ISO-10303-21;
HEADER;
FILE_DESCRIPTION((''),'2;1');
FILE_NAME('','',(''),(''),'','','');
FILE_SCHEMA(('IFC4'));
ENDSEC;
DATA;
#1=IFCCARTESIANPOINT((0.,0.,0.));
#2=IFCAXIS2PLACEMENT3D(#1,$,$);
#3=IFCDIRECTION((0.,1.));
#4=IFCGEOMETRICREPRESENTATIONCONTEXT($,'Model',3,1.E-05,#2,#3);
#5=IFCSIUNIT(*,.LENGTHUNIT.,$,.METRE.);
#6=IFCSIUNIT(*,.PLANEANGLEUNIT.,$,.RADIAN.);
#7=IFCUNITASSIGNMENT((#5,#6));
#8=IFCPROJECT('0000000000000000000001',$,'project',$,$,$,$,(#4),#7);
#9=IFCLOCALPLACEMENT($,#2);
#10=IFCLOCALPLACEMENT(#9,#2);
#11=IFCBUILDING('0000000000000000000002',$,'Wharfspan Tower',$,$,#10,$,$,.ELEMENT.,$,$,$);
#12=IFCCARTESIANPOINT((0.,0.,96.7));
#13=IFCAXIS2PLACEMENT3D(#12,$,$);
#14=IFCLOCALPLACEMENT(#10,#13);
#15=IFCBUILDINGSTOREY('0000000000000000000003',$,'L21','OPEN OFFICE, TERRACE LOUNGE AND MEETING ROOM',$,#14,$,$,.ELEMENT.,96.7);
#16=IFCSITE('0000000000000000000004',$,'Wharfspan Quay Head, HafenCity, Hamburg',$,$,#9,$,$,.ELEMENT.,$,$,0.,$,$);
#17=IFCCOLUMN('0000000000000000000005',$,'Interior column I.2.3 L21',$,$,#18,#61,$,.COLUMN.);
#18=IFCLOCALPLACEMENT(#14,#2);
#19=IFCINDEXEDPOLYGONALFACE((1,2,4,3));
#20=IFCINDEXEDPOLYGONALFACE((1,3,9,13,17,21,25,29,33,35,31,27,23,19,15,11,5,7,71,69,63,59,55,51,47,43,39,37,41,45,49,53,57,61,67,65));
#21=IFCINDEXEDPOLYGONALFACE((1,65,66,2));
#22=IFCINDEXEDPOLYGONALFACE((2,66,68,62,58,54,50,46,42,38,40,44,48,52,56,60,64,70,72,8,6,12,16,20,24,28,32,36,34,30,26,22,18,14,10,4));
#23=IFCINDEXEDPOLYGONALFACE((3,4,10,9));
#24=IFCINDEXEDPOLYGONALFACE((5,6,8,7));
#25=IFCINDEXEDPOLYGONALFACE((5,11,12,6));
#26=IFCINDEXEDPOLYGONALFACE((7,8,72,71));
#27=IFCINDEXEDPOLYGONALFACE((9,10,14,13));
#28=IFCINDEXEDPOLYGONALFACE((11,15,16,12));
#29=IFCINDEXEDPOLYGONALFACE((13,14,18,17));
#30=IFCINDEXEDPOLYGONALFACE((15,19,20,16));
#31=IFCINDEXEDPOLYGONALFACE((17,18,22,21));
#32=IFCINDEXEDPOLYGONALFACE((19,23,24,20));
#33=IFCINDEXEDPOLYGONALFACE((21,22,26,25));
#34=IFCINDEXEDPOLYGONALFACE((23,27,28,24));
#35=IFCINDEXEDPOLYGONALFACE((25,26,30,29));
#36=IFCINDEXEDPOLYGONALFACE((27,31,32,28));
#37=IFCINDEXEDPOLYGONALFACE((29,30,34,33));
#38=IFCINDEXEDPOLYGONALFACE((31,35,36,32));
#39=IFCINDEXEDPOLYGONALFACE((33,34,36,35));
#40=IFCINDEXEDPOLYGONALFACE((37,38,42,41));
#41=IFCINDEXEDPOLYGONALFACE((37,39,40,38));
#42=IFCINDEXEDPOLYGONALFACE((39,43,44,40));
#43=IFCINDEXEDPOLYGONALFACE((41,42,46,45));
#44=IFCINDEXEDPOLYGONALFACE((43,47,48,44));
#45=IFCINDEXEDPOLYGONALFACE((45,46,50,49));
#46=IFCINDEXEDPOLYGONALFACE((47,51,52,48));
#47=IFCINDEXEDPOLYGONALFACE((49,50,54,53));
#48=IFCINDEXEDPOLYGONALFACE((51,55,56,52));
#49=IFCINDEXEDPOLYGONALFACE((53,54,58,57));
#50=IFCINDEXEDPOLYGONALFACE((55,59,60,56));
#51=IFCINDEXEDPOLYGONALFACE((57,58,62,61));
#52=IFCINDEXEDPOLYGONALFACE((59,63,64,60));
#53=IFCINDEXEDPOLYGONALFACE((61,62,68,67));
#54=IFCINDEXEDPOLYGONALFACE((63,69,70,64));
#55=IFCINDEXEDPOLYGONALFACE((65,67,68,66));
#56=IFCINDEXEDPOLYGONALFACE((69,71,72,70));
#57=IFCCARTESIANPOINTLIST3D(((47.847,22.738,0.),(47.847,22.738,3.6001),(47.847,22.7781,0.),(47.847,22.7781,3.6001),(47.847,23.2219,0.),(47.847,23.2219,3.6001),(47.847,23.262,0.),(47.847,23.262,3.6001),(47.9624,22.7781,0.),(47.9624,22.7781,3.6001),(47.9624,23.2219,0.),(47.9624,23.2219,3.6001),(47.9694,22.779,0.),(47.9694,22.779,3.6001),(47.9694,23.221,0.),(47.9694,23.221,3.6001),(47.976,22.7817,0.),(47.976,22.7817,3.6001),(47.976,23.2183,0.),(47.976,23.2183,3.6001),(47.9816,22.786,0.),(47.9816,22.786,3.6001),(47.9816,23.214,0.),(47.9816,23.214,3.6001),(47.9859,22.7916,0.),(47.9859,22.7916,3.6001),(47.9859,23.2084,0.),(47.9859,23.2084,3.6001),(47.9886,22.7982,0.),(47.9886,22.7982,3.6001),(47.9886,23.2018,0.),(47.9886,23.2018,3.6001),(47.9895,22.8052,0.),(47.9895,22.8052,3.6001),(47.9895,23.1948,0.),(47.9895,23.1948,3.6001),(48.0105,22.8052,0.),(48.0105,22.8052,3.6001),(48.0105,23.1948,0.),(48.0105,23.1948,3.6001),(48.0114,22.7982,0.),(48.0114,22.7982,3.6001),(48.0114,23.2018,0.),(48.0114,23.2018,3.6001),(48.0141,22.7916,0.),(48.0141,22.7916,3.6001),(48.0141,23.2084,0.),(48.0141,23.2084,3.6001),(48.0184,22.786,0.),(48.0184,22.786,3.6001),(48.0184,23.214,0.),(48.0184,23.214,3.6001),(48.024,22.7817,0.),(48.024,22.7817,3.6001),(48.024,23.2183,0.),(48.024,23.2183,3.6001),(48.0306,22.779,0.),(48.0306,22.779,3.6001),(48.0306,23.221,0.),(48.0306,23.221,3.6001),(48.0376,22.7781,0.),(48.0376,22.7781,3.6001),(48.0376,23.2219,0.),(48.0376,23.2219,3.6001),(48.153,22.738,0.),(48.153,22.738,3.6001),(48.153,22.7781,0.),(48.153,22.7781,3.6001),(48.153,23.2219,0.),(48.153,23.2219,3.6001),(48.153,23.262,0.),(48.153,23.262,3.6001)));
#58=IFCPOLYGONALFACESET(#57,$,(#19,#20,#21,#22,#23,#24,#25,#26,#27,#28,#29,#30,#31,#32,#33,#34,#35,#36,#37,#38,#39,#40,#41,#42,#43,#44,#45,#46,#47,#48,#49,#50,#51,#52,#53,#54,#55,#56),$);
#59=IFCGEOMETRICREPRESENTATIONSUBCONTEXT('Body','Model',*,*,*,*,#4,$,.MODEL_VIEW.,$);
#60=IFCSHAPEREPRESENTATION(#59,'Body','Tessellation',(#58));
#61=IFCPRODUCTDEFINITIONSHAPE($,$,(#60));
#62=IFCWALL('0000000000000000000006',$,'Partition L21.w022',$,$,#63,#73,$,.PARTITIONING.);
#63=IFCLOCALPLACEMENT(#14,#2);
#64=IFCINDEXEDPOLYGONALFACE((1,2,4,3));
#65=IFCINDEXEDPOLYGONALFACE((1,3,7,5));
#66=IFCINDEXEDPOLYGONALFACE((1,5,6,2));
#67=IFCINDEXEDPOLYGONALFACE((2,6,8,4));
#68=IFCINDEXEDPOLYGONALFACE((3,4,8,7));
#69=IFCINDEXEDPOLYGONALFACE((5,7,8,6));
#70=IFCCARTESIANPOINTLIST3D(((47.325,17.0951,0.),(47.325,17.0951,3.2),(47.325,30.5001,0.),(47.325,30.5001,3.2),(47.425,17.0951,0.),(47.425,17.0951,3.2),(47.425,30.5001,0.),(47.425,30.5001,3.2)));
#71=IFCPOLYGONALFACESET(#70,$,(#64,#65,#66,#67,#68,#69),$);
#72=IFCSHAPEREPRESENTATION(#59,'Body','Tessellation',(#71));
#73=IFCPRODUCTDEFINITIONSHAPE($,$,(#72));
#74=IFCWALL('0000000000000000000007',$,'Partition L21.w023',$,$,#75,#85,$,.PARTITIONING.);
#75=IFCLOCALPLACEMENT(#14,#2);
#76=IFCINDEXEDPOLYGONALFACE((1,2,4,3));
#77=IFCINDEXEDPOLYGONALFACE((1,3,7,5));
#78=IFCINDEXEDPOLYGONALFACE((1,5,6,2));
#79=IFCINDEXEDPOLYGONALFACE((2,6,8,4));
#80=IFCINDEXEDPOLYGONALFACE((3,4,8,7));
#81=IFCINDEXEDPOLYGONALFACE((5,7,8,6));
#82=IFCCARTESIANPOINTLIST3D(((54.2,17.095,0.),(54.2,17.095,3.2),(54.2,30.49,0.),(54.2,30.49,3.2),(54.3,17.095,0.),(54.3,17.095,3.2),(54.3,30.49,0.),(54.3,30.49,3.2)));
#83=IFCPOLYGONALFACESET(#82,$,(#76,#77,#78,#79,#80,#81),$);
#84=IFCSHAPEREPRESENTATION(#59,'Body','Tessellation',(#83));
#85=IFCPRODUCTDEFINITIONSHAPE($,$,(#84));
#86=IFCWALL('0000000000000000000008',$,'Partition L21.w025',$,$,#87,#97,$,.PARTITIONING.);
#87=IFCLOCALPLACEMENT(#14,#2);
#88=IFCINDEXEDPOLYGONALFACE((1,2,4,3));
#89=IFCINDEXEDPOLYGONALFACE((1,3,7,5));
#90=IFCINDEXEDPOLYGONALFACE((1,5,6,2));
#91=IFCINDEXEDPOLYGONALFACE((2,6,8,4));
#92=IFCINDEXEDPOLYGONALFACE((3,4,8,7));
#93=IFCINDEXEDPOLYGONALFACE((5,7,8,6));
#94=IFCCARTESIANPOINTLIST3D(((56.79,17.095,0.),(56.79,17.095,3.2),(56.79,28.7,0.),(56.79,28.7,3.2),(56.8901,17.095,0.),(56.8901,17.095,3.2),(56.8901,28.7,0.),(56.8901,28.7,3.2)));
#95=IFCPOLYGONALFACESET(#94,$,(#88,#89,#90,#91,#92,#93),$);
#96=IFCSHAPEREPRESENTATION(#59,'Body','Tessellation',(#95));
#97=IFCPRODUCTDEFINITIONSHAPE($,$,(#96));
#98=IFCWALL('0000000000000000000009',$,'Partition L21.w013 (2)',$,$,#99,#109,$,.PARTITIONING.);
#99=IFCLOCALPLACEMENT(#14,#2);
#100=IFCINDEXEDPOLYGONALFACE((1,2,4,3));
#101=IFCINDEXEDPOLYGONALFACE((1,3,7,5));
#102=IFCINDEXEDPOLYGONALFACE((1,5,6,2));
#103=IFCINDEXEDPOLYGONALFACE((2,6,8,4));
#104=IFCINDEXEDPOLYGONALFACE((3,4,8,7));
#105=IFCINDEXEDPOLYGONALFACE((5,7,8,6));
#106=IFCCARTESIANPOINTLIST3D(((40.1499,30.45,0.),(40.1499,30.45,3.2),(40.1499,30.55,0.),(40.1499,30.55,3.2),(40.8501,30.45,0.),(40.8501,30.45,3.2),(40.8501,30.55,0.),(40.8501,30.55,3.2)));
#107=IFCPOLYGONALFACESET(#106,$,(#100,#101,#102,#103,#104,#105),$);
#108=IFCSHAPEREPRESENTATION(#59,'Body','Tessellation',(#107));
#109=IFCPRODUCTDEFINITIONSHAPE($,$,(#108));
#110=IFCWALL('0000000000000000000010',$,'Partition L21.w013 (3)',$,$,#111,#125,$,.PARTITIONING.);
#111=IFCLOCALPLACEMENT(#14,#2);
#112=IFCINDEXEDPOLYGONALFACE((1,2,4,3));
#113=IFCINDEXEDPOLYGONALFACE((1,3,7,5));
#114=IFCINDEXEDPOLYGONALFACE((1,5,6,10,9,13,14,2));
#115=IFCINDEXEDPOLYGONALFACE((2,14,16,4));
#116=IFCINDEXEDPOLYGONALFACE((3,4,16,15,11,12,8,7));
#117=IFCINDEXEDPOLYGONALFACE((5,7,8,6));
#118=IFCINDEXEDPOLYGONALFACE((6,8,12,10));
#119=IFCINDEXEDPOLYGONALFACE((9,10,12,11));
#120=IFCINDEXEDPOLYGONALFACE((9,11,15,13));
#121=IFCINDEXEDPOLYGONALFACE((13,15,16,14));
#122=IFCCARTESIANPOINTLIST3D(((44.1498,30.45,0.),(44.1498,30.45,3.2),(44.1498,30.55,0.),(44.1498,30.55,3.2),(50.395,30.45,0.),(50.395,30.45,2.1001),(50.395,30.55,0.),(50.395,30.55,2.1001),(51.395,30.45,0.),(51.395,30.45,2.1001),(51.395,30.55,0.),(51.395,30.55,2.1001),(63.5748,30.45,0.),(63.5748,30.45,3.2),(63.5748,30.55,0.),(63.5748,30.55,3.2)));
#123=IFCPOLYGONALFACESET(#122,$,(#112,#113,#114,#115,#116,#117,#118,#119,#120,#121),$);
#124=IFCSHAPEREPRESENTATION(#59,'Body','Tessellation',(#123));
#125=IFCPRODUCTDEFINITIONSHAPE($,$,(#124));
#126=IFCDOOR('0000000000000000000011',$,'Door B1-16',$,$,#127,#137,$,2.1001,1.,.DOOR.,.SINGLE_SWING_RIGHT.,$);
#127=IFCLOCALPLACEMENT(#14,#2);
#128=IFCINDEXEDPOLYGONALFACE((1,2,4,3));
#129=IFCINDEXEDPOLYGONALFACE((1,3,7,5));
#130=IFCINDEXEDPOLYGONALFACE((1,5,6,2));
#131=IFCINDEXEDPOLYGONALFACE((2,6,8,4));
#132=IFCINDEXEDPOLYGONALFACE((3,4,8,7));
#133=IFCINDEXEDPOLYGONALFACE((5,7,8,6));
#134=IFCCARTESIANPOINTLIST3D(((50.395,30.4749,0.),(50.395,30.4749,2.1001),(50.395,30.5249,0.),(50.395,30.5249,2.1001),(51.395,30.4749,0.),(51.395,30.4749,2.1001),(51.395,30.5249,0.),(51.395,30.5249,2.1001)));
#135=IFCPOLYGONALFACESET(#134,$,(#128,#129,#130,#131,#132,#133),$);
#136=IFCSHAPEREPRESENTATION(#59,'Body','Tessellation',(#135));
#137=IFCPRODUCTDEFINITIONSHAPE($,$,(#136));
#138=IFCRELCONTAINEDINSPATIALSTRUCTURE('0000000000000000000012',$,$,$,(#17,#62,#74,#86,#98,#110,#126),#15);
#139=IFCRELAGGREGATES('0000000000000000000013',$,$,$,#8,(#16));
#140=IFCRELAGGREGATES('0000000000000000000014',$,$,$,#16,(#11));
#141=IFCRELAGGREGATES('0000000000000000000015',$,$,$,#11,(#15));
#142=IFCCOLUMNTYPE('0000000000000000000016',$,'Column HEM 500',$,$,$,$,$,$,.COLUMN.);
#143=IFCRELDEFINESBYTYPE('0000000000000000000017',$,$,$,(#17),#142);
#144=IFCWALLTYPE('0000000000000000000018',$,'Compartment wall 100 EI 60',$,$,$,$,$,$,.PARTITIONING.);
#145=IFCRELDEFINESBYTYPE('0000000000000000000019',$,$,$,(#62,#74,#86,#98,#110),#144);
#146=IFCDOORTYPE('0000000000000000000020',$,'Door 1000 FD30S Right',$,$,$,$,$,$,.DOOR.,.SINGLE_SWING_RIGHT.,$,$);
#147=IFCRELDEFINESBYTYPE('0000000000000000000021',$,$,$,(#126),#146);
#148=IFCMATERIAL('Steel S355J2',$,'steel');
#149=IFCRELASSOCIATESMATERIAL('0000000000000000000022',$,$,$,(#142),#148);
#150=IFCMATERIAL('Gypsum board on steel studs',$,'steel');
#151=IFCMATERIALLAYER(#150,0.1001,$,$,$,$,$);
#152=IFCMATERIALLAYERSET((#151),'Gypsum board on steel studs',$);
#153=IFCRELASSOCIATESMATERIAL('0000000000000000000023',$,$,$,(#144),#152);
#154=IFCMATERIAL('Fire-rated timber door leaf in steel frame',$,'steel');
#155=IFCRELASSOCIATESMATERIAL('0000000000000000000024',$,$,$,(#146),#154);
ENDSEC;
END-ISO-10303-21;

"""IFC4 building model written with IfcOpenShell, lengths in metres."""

from ifc_helpers import new_model, si_unit, direction, frame, frame_2d, origin, origin_2d, place, context, subcontext, project, spatial, rectangle, i_section, extrude, material, layer, layer_set, material_profile, profile_set, type_object, element, fill, save


model = new_model("IFC4")

# Units and contexts
model_context = context("Model", 3, precision=1e-05, world=origin(), true_north=direction((0.0, 1.0)))
body_context = subcontext(model_context, "Body", "Model", "MODEL_VIEW")
ifc_project = project(units=[si_unit("LENGTHUNIT", "METRE"), si_unit("PLANEANGLEUNIT", "RADIAN")], contexts=[model_context])

# Site, building, storey
site_placement = place(None, origin())
site = spatial("IfcSite", under=ifc_project, at=site_placement, Name="Wharfspan Quay Head, HafenCity, Hamburg", CompositionType="ELEMENT", RefElevation=0.0)
building_placement = place(site_placement, origin())
building = spatial("IfcBuilding", under=site, at=building_placement, Name="Wharfspan Tower", CompositionType="ELEMENT")
storey_placement = place(building_placement, frame((0.0, 0.0, 96.7)))
storey = spatial("IfcBuildingStorey", under=building, at=storey_placement, Name="L21", Description="OPEN OFFICE, TERRACE LOUNGE AND MEETING ROOM", CompositionType="ELEMENT", Elevation=96.7)

# Column
ifc_material_1 = material(Name="Steel S355J2", Category="steel")
ifc_material_profile = material_profile(ifc_material_1, i_section(OverallWidth=0.3059, OverallDepth=0.5239, WebThickness=0.021, FlangeThickness=0.04, FilletRadius=0.0271, at=origin_2d()))
ifc_profile_set = profile_set([ifc_material_profile], Name="Steel S355J2")
column_type = type_object("IfcColumnType", Name="Column HEM 500", PredefinedType="COLUMN", material=ifc_profile_set)
column_placement = place(storey_placement, frame((48.0, 23.0, 0.0), z_axis=(0.0, 0.0, 1.0), x_axis=(1.0, 0.0, 0.0)))
element("IfcColumn", 1, at=column_placement, inside=storey, type_object=column_type, Name="Interior column I.2.3 L21", PredefinedType="COLUMN", context=body_context, shape_type="SweptSolid", body=[
    extrude(i_section(OverallWidth=0.3059, OverallDepth=0.5239, WebThickness=0.021, FlangeThickness=0.04, FilletRadius=0.0271, at=origin_2d()), origin(), (0.0, 0.0, 1.0), 3.6001),
])

# Walls
ifc_material_2 = material(Name="Gypsum board on steel studs", Category="steel")
ifc_layer_1 = layer(ifc_material_2, 0.1001)
ifc_layer_set_1 = layer_set([ifc_layer_1], Name="Gypsum board on steel studs")
wall_type_1 = type_object("IfcWallType", Name="Compartment wall 100 EI 60", PredefinedType="PARTITIONING", material=ifc_layer_set_1)
wall_1_placement = place(storey_placement, frame((47.375, 17.095, 0.0), z_axis=(0.0, 0.0, 1.0), x_axis=(0.0, 1.0, 0.0)))
element("IfcWall", 2, at=wall_1_placement, inside=storey, type_object=wall_type_1, Name="Partition L21.w022", PredefinedType="PARTITIONING", context=body_context, shape_type="SweptSolid", body=[
    extrude(rectangle(XDim=13.405, YDim=0.1001, at=frame_2d((6.7026, 0.0))), origin(), (0.0, 0.0, 1.0), 3.2),
])
wall_2_placement = place(storey_placement, frame((54.25, 17.095, 0.0), z_axis=(0.0, 0.0, 1.0), x_axis=(0.0, 1.0, 0.0)))
element("IfcWall", 3, at=wall_2_placement, inside=storey, type_object=wall_type_1, Name="Partition L21.w023", PredefinedType="PARTITIONING", context=body_context, shape_type="SweptSolid", body=[
    extrude(rectangle(XDim=13.395, YDim=0.1001, at=frame_2d((6.6975, 0.0))), origin(), (0.0, 0.0, 1.0), 3.2),
])
wall_3_placement = place(storey_placement, frame((56.8401, 17.095, 0.0), z_axis=(0.0, 0.0, 1.0), x_axis=(0.0, 1.0, 0.0)))
element("IfcWall", 4, at=wall_3_placement, inside=storey, type_object=wall_type_1, Name="Partition L21.w025", PredefinedType="PARTITIONING", context=body_context, shape_type="SweptSolid", body=[
    extrude(rectangle(XDim=11.605, YDim=0.1001, at=frame_2d((5.8025, 0.0))), origin(), (0.0, 0.0, 1.0), 3.2),
])
wall_4_placement = place(storey_placement, frame((40.1499, 30.5, 0.0), z_axis=(0.0, 0.0, 1.0), x_axis=(1.0, 0.0, 0.0)))
element("IfcWall", 5, at=wall_4_placement, inside=storey, type_object=wall_type_1, Name="Partition L21.w013 (2)", PredefinedType="PARTITIONING", context=body_context, shape_type="SweptSolid", body=[
    extrude(rectangle(XDim=0.7002, YDim=0.1001, at=frame_2d((0.3501, 0.0))), origin(), (0.0, 0.0, 1.0), 3.2),
])

# Wall, opening, door
wall_5_placement = place(storey_placement, frame((44.1499, 30.5, 0.0), z_axis=(0.0, 0.0, 1.0), x_axis=(1.0, 0.0, 0.0)))
wall_5 = element("IfcWall", 6, at=wall_5_placement, inside=storey, type_object=wall_type_1, Name="Partition L21.w013 (3)", PredefinedType="PARTITIONING", context=body_context, shape_type="SweptSolid", body=[
    extrude(rectangle(XDim=19.425, YDim=0.1001, at=frame_2d((9.7124, 0.0))), origin(), (0.0, 0.0, 1.0), 3.2),
])
opening_1_placement = place(wall_5_placement, frame((6.2451, 0.0, 0.0)))
opening_1 = element("IfcOpeningElement", 7, at=opening_1_placement, cuts=wall_5, PredefinedType="OPENING", context=body_context, shape_type="SweptSolid", body=[
    extrude(rectangle(XDim=1.0, YDim=2.1001, at=frame_2d((0.5, 1.05))), frame((0.0, 0.0601, 0.0), z_axis=(0.0, -1.0, 0.0), x_axis=(1.0, 0.0, 0.0)), (0.0, 0.0, 1.0), 0.1201),
])
ifc_material_3 = material(Name="Fire-rated timber door leaf in steel frame", Category="steel")
door_type_1 = type_object("IfcDoorType", Name="Door 1000 FD30S Right", OperationType="SINGLE_SWING_RIGHT", PredefinedType="DOOR", material=ifc_material_3)
door_1_placement = place(opening_1_placement, origin())
door_1 = element("IfcDoor", 8, at=door_1_placement, inside=storey, type_object=door_type_1, Name="Door B1-16", OperationType="SINGLE_SWING_RIGHT", OverallHeight=2.1001, OverallWidth=1.0, PredefinedType="DOOR", context=body_context, shape_type="SweptSolid", body=[
    extrude(rectangle(XDim=1.0, YDim=2.1001, at=frame_2d((0.5, 1.05))), frame((0.0, 0.0249, 0.0), z_axis=(0.0, -1.0, 0.0), x_axis=(1.0, 0.0, 0.0)), (0.0, 0.0, 1.0), 0.05),
])
fill(opening_1, door_1)

save(model, "model.ifc")
